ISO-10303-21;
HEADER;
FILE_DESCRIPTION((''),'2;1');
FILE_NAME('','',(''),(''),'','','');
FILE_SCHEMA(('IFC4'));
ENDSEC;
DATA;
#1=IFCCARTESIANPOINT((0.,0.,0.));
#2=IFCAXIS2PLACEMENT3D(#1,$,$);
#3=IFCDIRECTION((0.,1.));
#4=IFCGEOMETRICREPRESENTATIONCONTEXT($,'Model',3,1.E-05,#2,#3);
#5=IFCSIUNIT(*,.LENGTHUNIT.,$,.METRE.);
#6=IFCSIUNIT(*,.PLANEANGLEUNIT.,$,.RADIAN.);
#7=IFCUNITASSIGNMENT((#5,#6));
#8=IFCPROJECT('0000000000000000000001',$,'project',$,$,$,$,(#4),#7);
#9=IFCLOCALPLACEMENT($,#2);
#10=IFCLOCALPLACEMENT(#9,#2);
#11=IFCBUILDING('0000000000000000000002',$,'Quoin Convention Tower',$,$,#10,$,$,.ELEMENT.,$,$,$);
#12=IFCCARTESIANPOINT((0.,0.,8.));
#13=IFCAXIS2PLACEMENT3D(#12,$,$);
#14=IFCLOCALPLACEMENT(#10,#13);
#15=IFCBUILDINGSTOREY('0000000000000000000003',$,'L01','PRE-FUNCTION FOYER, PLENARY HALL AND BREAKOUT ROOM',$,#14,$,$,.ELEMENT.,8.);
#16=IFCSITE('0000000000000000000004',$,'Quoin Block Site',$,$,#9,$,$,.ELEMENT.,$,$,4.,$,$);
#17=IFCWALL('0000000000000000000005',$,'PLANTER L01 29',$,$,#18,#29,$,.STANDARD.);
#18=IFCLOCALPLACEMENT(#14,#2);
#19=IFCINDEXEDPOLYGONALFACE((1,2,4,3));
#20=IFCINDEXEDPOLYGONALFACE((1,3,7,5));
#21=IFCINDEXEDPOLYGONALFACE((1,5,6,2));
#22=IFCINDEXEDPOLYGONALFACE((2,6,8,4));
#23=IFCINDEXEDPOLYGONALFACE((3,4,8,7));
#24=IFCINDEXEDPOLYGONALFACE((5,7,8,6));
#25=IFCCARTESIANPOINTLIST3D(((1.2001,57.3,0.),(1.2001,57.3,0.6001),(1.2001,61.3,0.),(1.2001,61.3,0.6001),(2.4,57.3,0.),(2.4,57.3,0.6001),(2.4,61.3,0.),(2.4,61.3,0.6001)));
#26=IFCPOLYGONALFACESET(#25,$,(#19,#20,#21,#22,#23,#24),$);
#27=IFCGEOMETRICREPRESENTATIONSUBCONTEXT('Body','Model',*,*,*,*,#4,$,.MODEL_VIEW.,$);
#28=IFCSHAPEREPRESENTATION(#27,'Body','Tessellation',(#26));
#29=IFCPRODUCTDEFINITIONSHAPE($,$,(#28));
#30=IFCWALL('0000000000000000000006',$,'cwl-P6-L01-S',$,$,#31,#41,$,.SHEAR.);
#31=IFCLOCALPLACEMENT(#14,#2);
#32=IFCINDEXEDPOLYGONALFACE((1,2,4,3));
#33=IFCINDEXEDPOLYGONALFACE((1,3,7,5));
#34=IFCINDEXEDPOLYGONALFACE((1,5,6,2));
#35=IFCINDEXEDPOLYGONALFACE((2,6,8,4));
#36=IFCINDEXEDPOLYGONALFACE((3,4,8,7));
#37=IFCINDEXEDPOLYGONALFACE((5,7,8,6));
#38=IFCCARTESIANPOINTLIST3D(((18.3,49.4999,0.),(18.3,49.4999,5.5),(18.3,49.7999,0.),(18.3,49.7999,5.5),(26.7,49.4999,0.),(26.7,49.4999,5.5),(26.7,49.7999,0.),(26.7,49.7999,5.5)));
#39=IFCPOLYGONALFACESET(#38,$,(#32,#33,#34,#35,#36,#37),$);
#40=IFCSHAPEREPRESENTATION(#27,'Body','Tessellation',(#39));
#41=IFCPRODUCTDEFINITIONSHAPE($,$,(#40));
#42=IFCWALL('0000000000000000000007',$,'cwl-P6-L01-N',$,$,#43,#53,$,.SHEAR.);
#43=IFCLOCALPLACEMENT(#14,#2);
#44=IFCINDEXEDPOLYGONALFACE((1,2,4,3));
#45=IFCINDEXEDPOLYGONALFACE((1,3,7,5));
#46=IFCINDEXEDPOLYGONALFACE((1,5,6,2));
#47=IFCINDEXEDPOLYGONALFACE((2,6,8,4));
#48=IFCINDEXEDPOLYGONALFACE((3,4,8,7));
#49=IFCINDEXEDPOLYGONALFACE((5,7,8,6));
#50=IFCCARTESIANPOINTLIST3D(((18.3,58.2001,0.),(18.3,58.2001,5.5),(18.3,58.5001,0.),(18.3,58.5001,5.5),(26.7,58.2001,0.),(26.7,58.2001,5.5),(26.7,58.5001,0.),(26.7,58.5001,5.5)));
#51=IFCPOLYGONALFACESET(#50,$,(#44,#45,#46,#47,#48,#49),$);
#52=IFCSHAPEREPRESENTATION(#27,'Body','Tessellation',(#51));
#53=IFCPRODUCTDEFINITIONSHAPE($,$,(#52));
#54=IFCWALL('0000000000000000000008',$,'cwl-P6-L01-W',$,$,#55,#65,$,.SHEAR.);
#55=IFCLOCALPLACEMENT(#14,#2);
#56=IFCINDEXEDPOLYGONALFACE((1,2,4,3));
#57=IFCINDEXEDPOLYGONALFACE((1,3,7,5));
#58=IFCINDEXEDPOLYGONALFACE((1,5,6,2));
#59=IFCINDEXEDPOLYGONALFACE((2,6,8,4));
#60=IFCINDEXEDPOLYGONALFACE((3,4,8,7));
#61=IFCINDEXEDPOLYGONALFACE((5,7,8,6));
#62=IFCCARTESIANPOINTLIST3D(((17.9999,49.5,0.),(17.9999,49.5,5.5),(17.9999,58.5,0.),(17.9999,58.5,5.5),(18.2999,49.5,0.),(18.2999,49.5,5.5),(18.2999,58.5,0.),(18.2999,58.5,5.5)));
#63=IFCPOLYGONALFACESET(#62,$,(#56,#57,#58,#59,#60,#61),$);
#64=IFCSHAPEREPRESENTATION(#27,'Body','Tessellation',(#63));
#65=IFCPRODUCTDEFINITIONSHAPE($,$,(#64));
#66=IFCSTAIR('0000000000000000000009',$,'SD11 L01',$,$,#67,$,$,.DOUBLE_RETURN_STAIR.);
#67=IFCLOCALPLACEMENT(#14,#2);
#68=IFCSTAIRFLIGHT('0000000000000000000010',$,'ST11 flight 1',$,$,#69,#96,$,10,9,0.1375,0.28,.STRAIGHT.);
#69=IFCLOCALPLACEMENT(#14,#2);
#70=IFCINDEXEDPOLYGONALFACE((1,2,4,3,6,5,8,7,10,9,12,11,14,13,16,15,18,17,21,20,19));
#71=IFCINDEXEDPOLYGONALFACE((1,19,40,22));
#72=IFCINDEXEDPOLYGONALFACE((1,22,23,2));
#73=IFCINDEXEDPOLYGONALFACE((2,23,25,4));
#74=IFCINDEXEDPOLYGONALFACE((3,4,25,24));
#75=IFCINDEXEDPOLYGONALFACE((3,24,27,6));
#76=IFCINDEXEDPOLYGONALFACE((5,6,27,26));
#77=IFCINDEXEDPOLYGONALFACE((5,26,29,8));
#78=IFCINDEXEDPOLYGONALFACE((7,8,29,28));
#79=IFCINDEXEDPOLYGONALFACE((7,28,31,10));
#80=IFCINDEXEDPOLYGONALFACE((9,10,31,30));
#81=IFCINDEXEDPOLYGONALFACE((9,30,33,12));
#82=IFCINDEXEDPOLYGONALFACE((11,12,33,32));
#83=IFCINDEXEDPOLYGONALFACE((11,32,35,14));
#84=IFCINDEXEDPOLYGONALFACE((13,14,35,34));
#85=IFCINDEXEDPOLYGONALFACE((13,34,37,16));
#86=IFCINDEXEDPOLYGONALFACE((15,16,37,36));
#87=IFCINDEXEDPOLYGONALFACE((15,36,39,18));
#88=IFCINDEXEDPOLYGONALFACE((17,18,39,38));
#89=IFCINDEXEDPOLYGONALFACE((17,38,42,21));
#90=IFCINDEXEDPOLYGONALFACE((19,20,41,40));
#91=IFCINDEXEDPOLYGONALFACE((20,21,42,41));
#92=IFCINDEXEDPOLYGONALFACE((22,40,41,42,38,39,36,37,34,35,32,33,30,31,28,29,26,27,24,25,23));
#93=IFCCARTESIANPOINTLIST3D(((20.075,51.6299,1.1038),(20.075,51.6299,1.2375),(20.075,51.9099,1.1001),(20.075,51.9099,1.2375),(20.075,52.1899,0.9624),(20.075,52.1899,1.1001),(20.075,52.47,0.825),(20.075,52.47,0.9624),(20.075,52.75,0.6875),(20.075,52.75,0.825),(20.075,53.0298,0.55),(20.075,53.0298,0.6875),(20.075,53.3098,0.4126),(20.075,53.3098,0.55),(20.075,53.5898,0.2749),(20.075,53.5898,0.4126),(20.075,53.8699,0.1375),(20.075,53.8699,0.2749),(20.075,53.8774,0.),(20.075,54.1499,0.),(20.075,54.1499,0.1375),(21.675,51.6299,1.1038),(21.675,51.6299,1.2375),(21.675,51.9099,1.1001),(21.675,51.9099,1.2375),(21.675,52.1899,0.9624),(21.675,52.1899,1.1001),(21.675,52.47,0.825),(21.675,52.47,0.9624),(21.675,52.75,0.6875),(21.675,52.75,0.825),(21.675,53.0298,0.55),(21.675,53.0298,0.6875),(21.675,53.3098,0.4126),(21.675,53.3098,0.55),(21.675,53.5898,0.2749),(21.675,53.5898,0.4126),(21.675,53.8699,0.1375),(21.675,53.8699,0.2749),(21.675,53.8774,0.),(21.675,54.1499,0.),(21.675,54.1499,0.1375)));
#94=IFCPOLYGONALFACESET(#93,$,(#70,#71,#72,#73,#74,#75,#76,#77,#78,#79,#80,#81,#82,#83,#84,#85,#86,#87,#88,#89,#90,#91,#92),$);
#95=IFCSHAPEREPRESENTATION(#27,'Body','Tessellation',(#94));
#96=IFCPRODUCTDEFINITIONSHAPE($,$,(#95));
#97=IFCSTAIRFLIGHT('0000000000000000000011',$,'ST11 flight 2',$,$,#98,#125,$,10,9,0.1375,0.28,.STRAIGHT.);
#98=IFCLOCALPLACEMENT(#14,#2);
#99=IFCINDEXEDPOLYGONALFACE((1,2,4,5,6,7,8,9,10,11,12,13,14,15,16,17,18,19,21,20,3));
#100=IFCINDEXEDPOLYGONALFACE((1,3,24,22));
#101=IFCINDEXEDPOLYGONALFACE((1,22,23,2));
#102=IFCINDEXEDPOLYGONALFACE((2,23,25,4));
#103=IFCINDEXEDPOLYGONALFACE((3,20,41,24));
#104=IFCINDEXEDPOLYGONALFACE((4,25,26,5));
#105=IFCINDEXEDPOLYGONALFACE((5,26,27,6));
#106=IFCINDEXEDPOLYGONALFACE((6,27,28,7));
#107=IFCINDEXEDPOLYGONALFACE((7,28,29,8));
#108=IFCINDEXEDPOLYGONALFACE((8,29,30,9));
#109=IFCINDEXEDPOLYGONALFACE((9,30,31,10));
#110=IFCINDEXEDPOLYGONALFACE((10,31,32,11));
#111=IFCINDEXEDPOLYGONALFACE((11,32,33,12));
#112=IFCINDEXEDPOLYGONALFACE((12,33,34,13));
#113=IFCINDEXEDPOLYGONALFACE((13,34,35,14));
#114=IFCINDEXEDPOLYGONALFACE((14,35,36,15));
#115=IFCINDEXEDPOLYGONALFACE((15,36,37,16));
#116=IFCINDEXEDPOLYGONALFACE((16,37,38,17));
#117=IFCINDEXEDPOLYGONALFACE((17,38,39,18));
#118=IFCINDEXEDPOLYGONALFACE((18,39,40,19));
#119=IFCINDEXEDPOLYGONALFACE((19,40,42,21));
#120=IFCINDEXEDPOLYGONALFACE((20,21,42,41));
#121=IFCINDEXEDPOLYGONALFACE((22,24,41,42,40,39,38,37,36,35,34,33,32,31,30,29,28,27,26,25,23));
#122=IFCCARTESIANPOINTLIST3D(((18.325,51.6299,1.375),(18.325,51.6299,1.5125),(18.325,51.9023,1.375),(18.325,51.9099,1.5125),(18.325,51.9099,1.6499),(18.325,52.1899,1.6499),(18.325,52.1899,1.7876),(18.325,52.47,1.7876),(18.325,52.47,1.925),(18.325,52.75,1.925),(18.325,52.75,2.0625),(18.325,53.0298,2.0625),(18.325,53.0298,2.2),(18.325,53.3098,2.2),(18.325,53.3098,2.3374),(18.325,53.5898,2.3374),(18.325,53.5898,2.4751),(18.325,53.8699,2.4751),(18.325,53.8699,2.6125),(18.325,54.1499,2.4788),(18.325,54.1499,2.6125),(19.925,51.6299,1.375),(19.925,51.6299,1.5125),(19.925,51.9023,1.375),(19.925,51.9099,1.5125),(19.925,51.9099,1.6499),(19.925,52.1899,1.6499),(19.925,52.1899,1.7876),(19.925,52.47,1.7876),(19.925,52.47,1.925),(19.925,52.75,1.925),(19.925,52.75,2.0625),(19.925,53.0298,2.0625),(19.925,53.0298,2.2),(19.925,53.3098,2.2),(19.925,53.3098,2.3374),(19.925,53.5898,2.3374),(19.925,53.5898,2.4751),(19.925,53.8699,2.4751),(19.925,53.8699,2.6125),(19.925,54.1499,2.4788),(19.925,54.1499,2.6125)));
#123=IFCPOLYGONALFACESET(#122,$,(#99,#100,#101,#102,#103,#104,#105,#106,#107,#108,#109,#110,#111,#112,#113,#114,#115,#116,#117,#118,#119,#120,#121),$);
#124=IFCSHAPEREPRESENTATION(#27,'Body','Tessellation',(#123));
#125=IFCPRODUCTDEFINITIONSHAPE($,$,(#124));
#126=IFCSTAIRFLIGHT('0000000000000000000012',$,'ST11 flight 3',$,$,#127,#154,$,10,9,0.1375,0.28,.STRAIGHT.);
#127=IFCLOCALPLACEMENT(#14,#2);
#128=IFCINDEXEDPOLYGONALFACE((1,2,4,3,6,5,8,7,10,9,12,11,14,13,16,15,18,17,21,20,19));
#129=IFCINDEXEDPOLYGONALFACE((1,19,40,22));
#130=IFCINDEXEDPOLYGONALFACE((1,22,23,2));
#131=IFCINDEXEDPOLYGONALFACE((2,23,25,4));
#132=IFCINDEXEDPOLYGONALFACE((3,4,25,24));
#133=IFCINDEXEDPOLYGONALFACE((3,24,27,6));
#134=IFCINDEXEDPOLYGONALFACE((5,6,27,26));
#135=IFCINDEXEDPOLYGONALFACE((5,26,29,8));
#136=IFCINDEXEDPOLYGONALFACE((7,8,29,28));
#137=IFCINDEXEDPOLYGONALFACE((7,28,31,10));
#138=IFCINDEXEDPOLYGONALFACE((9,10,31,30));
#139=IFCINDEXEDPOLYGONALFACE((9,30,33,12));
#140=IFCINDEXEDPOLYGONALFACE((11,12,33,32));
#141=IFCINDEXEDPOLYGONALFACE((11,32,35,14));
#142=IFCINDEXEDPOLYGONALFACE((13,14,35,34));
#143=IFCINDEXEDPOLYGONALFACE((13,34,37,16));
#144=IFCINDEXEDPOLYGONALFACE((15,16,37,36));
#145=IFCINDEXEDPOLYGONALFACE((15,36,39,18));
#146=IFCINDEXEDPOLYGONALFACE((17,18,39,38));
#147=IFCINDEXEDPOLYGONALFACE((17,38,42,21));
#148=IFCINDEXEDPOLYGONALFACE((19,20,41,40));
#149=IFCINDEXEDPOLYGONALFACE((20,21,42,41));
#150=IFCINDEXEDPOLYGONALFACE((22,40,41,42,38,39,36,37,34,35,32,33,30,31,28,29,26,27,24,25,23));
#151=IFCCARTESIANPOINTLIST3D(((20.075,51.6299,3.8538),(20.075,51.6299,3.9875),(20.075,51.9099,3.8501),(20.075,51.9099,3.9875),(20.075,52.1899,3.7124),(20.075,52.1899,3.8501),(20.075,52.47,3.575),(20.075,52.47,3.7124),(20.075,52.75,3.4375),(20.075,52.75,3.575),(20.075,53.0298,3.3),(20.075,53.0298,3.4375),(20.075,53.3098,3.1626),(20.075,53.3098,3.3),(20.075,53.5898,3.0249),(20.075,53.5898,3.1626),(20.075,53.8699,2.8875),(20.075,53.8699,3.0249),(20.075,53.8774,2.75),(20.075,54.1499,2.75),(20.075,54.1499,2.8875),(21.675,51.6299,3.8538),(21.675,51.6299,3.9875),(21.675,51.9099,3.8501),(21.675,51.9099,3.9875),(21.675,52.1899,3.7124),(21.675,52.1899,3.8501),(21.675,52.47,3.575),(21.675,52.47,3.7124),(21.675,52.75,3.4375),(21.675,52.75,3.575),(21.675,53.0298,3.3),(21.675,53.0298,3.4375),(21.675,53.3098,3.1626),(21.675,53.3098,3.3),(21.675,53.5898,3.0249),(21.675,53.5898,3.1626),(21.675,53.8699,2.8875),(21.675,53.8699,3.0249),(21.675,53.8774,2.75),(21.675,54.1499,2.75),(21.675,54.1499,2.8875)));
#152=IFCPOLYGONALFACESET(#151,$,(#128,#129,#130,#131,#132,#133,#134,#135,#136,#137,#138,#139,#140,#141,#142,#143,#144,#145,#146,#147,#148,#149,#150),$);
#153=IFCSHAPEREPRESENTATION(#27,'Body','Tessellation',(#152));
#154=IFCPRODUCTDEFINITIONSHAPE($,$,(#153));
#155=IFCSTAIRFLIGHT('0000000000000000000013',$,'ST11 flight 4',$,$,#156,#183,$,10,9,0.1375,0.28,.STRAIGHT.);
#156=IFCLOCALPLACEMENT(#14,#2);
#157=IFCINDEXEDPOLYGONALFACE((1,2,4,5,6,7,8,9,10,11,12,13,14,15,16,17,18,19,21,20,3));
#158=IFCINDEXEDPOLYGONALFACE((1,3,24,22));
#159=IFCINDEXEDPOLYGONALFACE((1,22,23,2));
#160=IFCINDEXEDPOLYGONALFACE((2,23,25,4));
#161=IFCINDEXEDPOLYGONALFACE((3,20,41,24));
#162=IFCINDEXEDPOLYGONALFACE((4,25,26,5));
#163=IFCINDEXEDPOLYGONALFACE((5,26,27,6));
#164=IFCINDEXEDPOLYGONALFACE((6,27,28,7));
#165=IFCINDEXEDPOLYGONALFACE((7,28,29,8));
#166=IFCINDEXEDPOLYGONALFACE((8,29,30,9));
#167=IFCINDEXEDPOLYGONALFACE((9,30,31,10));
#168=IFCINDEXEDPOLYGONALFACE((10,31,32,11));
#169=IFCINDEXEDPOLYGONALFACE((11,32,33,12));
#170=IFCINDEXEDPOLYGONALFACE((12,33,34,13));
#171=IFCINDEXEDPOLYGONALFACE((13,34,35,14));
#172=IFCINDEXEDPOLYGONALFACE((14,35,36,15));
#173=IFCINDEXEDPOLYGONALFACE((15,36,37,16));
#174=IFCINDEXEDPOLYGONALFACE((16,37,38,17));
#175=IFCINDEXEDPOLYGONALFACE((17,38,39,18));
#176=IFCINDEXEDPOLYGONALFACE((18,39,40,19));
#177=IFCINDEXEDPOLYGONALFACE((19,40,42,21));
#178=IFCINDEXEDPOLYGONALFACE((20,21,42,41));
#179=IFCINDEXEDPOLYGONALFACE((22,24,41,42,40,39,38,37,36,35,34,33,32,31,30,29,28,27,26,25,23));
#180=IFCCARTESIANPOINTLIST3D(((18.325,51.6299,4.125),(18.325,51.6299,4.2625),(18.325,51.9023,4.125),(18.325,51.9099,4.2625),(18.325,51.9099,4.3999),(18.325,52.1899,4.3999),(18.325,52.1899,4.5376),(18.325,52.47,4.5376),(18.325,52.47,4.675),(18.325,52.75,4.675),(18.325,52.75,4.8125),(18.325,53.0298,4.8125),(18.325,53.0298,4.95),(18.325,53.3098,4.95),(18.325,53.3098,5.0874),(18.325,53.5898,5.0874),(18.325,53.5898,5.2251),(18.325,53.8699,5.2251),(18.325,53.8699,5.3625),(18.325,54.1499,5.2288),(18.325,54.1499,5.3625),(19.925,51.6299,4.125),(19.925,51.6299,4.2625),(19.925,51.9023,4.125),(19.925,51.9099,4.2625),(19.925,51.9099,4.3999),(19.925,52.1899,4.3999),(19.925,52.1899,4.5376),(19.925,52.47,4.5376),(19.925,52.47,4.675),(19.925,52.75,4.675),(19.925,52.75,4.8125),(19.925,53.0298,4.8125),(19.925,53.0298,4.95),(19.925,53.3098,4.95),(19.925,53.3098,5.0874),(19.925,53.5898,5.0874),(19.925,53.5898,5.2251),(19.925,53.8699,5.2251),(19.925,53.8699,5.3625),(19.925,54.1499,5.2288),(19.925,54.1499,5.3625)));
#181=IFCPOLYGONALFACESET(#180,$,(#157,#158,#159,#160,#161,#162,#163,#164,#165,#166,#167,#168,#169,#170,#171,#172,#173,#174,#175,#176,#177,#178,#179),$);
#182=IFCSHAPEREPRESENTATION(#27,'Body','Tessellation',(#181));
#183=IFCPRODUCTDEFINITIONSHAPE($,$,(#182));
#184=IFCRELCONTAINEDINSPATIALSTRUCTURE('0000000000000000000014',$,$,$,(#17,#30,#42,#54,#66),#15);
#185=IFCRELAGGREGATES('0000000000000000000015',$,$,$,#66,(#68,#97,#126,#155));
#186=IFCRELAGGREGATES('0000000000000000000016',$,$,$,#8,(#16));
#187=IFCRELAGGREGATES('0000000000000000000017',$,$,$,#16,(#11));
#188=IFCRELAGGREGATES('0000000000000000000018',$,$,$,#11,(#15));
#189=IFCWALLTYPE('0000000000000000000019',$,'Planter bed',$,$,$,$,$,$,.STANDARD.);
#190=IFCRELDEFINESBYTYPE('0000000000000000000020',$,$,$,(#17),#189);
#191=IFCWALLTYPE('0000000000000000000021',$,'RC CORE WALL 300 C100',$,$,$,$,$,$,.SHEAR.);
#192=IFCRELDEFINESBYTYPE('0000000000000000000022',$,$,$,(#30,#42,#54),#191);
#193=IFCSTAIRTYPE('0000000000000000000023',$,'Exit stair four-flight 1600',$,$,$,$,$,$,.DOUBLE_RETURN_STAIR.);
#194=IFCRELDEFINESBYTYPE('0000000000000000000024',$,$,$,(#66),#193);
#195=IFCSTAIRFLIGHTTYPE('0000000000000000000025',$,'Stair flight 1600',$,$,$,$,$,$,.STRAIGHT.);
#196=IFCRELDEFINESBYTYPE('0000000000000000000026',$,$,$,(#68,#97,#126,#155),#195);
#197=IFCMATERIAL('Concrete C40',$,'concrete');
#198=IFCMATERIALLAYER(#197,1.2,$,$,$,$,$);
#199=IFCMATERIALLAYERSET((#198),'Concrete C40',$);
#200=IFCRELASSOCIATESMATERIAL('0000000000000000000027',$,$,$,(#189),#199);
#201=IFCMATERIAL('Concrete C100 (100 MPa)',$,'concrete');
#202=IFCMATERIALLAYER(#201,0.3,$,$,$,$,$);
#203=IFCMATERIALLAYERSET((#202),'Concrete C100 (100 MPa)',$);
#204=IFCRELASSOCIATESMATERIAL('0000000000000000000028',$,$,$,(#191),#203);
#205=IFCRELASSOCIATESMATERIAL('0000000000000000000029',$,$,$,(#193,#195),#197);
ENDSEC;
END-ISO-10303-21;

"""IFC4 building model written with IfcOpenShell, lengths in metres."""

from ifc_helpers import new_model, si_unit, direction, frame, frame_2d, origin, place, context, subcontext, project, spatial, polyline, rectangle, outline, extrude, material, layer, layer_set, type_object, element, aggregate, save


model = new_model("IFC4")

# Units and contexts
model_context = context("Model", 3, precision=1e-05, world=origin(), true_north=direction((0.0, 1.0)))
body_context = subcontext(model_context, "Body", "Model", "MODEL_VIEW")
ifc_project = project(units=[si_unit("LENGTHUNIT", "METRE"), si_unit("PLANEANGLEUNIT", "RADIAN")], contexts=[model_context])

# Site, building, storey
site_placement = place(None, origin())
site = spatial("IfcSite", under=ifc_project, at=site_placement, Name="Quoin Block Site", CompositionType="ELEMENT", RefElevation=4.0)
building_placement = place(site_placement, origin())
building = spatial("IfcBuilding", under=site, at=building_placement, Name="Quoin Convention Tower", CompositionType="ELEMENT")
storey_placement = place(building_placement, frame((0.0, 0.0, 8.0)))
storey = spatial("IfcBuildingStorey", under=building, at=storey_placement, Name="L01", Description="PRE-FUNCTION FOYER, PLENARY HALL AND BREAKOUT ROOM", CompositionType="ELEMENT", Elevation=8.0)

# Shared definitions
ifc_material_1 = material(Name="Concrete C100 (100 MPa)", Category="concrete")

# Walls
ifc_material_2 = material(Name="Concrete C40", Category="concrete")
ifc_layer_1 = layer(ifc_material_2, 1.2)
ifc_layer_set_1 = layer_set([ifc_layer_1], Name="Concrete C40")
wall_type_1 = type_object("IfcWallType", Name="Planter bed", PredefinedType="STANDARD", material=ifc_layer_set_1)
for number, where, z_axis, x_axis, name in (
    (1, (1.8, 57.3, 0.0), (0.0, 0.0, 1.0), (0.0, 1.0, 0.0), "PLANTER L01 29"),
):
    element("IfcWall", number, at=place(storey_placement, frame(where, z_axis=z_axis, x_axis=x_axis)), inside=storey, type_object=wall_type_1, Name=name, PredefinedType="STANDARD", context=body_context, shape_type="SweptSolid", body=[
        extrude(rectangle(XDim=4.0, YDim=1.2, at=frame_2d((2.0, 0.0))), origin(), (0.0, 0.0, 1.0), 0.6001),
    ])
ifc_layer_2 = layer(ifc_material_1, 0.3)
ifc_layer_set_2 = layer_set([ifc_layer_2], Name="Concrete C100 (100 MPa)")
wall_type_2 = type_object("IfcWallType", Name="RC CORE WALL 300 C100", PredefinedType="SHEAR", material=ifc_layer_set_2)
for number, where, z_axis, x_axis, name in (
    (2, (18.3, 49.6499, 0.0), (0.0, 0.0, 1.0), (1.0, 0.0, 0.0), "cwl-P6-L01-S"),
    (3, (18.3, 58.3501, 0.0), (0.0, 0.0, 1.0), (1.0, 0.0, 0.0), "cwl-P6-L01-N"),
):
    element("IfcWall", number, at=place(storey_placement, frame(where, z_axis=z_axis, x_axis=x_axis)), inside=storey, type_object=wall_type_2, Name=name, PredefinedType="SHEAR", context=body_context, shape_type="SweptSolid", body=[
        extrude(rectangle(XDim=8.3999, YDim=0.3, at=frame_2d((4.2, 0.0))), origin(), (0.0, 0.0, 1.0), 5.5),
    ])
wall_1_placement = place(storey_placement, frame((18.1499, 49.5, 0.0), z_axis=(0.0, 0.0, 1.0), x_axis=(0.0, 1.0, 0.0)))
element("IfcWall", 4, at=wall_1_placement, inside=storey, type_object=wall_type_2, Name="cwl-P6-L01-W", PredefinedType="SHEAR", context=body_context, shape_type="SweptSolid", body=[
    extrude(rectangle(XDim=9.0, YDim=0.3, at=frame_2d((4.5, 0.0))), origin(), (0.0, 0.0, 1.0), 5.5),
])

# Stair, stair flights
stair_type = type_object("IfcStairType", Name="Exit stair four-flight 1600", PredefinedType="DOUBLE_RETURN_STAIR", material=ifc_material_2)
stair_1_placement = place(storey_placement, origin())
stair_1 = element("IfcStair", 5, at=stair_1_placement, inside=storey, type_object=stair_type, Name="SD11 L01", PredefinedType="DOUBLE_RETURN_STAIR")
stair_flight_type = type_object("IfcStairFlightType", Name="Stair flight 1600", PredefinedType="STRAIGHT", material=ifc_material_2)
stair_flight_1_placement = place(storey_placement, frame((20.875, 54.1499, 0.0), z_axis=(0.0, 0.0, 1.0), x_axis=(0.0, -1.0, 0.0)))
stair_flight_1 = element("IfcStairFlight", 6, at=stair_flight_1_placement, type_object=stair_flight_type, Name="ST11 flight 1", NumberOfRisers=10, NumberOfTreads=9, PredefinedType="STRAIGHT", RiserHeight=0.1375, TreadLength=0.28, context=body_context, shape_type="SweptSolid", body=[
    extrude(outline(polyline([(0.0, 0.0), (0.0, 0.1375), (0.28, 0.1375), (0.28, 0.2749), (0.5601, 0.2749), (0.5601, 0.4126), (0.8401, 0.4126), (0.8401, 0.55), (1.1201, 0.55), (1.1201, 0.6875), (1.3999, 0.6875), (1.3999, 0.825), (1.6799, 0.825), (1.6799, 0.9624), (1.96, 0.9624), (1.96, 1.1001), (2.24, 1.1001), (2.24, 1.2375), (2.52, 1.2375), (2.52, 1.375), (2.52, 1.1038), (0.2725, 0.0), (0.0, 0.0)])), frame((0.0, 0.8, 0.0), z_axis=(0.0, -1.0, 0.0), x_axis=(1.0, 0.0, 0.0)), (0.0, 0.0, 1.0), 1.6001),
])
stair_flight_2_placement = place(storey_placement, frame((19.125, 51.6299, 1.375), z_axis=(0.0, 0.0, 1.0), x_axis=(0.0, 1.0, 0.0)))
stair_flight_2 = element("IfcStairFlight", 7, at=stair_flight_2_placement, type_object=stair_flight_type, Name="ST11 flight 2", NumberOfRisers=10, NumberOfTreads=9, PredefinedType="STRAIGHT", RiserHeight=0.1375, TreadLength=0.28, context=body_context, shape_type="SweptSolid", body=[
    extrude(outline(polyline([(0.0, 0.0), (0.0, 0.1375), (0.28, 0.1375), (0.28, 0.2749), (0.5601, 0.2749), (0.5601, 0.4126), (0.8401, 0.4126), (0.8401, 0.55), (1.1201, 0.55), (1.1201, 0.6875), (1.3999, 0.6875), (1.3999, 0.825), (1.6799, 0.825), (1.6799, 0.9624), (1.96, 0.9624), (1.96, 1.1001), (2.24, 1.1001), (2.24, 1.2375), (2.52, 1.2375), (2.52, 1.375), (2.52, 1.1038), (0.2725, 0.0), (0.0, 0.0)])), frame((0.0, 0.8, 0.0), z_axis=(0.0, -1.0, 0.0), x_axis=(1.0, 0.0, 0.0)), (0.0, 0.0, 1.0), 1.6001),
])
stair_flight_3_placement = place(storey_placement, frame((20.875, 54.1499, 2.75), z_axis=(0.0, 0.0, 1.0), x_axis=(0.0, -1.0, 0.0)))
stair_flight_3 = element("IfcStairFlight", 8, at=stair_flight_3_placement, type_object=stair_flight_type, Name="ST11 flight 3", NumberOfRisers=10, NumberOfTreads=9, PredefinedType="STRAIGHT", RiserHeight=0.1375, TreadLength=0.28, context=body_context, shape_type="SweptSolid", body=[
    extrude(outline(polyline([(0.0, 0.0), (0.0, 0.1375), (0.28, 0.1375), (0.28, 0.2749), (0.5601, 0.2749), (0.5601, 0.4126), (0.8401, 0.4126), (0.8401, 0.55), (1.1201, 0.55), (1.1201, 0.6875), (1.3999, 0.6875), (1.3999, 0.825), (1.6799, 0.825), (1.6799, 0.9624), (1.96, 0.9624), (1.96, 1.1001), (2.24, 1.1001), (2.24, 1.2375), (2.52, 1.2375), (2.52, 1.375), (2.52, 1.1038), (0.2725, 0.0), (0.0, 0.0)])), frame((0.0, 0.8, 0.0), z_axis=(0.0, -1.0, 0.0), x_axis=(1.0, 0.0, 0.0)), (0.0, 0.0, 1.0), 1.6001),
])
stair_flight_4_placement = place(storey_placement, frame((19.125, 51.6299, 4.125), z_axis=(0.0, 0.0, 1.0), x_axis=(0.0, 1.0, 0.0)))
stair_flight_4 = element("IfcStairFlight", 9, at=stair_flight_4_placement, type_object=stair_flight_type, Name="ST11 flight 4", NumberOfRisers=10, NumberOfTreads=9, PredefinedType="STRAIGHT", RiserHeight=0.1375, TreadLength=0.28, context=body_context, shape_type="SweptSolid", body=[
    extrude(outline(polyline([(0.0, 0.0), (0.0, 0.1375), (0.28, 0.1375), (0.28, 0.2749), (0.5601, 0.2749), (0.5601, 0.4126), (0.8401, 0.4126), (0.8401, 0.55), (1.1201, 0.55), (1.1201, 0.6875), (1.3999, 0.6875), (1.3999, 0.825), (1.6799, 0.825), (1.6799, 0.9624), (1.96, 0.9624), (1.96, 1.1001), (2.24, 1.1001), (2.24, 1.2375), (2.52, 1.2375), (2.52, 1.375), (2.52, 1.1038), (0.2725, 0.0), (0.0, 0.0)])), frame((0.0, 0.8, 0.0), z_axis=(0.0, -1.0, 0.0), x_axis=(1.0, 0.0, 0.0)), (0.0, 0.0, 1.0), 1.6001),
])
aggregate(stair_1, [stair_flight_1, stair_flight_2, stair_flight_3, stair_flight_4])

save(model, "model.ifc")
